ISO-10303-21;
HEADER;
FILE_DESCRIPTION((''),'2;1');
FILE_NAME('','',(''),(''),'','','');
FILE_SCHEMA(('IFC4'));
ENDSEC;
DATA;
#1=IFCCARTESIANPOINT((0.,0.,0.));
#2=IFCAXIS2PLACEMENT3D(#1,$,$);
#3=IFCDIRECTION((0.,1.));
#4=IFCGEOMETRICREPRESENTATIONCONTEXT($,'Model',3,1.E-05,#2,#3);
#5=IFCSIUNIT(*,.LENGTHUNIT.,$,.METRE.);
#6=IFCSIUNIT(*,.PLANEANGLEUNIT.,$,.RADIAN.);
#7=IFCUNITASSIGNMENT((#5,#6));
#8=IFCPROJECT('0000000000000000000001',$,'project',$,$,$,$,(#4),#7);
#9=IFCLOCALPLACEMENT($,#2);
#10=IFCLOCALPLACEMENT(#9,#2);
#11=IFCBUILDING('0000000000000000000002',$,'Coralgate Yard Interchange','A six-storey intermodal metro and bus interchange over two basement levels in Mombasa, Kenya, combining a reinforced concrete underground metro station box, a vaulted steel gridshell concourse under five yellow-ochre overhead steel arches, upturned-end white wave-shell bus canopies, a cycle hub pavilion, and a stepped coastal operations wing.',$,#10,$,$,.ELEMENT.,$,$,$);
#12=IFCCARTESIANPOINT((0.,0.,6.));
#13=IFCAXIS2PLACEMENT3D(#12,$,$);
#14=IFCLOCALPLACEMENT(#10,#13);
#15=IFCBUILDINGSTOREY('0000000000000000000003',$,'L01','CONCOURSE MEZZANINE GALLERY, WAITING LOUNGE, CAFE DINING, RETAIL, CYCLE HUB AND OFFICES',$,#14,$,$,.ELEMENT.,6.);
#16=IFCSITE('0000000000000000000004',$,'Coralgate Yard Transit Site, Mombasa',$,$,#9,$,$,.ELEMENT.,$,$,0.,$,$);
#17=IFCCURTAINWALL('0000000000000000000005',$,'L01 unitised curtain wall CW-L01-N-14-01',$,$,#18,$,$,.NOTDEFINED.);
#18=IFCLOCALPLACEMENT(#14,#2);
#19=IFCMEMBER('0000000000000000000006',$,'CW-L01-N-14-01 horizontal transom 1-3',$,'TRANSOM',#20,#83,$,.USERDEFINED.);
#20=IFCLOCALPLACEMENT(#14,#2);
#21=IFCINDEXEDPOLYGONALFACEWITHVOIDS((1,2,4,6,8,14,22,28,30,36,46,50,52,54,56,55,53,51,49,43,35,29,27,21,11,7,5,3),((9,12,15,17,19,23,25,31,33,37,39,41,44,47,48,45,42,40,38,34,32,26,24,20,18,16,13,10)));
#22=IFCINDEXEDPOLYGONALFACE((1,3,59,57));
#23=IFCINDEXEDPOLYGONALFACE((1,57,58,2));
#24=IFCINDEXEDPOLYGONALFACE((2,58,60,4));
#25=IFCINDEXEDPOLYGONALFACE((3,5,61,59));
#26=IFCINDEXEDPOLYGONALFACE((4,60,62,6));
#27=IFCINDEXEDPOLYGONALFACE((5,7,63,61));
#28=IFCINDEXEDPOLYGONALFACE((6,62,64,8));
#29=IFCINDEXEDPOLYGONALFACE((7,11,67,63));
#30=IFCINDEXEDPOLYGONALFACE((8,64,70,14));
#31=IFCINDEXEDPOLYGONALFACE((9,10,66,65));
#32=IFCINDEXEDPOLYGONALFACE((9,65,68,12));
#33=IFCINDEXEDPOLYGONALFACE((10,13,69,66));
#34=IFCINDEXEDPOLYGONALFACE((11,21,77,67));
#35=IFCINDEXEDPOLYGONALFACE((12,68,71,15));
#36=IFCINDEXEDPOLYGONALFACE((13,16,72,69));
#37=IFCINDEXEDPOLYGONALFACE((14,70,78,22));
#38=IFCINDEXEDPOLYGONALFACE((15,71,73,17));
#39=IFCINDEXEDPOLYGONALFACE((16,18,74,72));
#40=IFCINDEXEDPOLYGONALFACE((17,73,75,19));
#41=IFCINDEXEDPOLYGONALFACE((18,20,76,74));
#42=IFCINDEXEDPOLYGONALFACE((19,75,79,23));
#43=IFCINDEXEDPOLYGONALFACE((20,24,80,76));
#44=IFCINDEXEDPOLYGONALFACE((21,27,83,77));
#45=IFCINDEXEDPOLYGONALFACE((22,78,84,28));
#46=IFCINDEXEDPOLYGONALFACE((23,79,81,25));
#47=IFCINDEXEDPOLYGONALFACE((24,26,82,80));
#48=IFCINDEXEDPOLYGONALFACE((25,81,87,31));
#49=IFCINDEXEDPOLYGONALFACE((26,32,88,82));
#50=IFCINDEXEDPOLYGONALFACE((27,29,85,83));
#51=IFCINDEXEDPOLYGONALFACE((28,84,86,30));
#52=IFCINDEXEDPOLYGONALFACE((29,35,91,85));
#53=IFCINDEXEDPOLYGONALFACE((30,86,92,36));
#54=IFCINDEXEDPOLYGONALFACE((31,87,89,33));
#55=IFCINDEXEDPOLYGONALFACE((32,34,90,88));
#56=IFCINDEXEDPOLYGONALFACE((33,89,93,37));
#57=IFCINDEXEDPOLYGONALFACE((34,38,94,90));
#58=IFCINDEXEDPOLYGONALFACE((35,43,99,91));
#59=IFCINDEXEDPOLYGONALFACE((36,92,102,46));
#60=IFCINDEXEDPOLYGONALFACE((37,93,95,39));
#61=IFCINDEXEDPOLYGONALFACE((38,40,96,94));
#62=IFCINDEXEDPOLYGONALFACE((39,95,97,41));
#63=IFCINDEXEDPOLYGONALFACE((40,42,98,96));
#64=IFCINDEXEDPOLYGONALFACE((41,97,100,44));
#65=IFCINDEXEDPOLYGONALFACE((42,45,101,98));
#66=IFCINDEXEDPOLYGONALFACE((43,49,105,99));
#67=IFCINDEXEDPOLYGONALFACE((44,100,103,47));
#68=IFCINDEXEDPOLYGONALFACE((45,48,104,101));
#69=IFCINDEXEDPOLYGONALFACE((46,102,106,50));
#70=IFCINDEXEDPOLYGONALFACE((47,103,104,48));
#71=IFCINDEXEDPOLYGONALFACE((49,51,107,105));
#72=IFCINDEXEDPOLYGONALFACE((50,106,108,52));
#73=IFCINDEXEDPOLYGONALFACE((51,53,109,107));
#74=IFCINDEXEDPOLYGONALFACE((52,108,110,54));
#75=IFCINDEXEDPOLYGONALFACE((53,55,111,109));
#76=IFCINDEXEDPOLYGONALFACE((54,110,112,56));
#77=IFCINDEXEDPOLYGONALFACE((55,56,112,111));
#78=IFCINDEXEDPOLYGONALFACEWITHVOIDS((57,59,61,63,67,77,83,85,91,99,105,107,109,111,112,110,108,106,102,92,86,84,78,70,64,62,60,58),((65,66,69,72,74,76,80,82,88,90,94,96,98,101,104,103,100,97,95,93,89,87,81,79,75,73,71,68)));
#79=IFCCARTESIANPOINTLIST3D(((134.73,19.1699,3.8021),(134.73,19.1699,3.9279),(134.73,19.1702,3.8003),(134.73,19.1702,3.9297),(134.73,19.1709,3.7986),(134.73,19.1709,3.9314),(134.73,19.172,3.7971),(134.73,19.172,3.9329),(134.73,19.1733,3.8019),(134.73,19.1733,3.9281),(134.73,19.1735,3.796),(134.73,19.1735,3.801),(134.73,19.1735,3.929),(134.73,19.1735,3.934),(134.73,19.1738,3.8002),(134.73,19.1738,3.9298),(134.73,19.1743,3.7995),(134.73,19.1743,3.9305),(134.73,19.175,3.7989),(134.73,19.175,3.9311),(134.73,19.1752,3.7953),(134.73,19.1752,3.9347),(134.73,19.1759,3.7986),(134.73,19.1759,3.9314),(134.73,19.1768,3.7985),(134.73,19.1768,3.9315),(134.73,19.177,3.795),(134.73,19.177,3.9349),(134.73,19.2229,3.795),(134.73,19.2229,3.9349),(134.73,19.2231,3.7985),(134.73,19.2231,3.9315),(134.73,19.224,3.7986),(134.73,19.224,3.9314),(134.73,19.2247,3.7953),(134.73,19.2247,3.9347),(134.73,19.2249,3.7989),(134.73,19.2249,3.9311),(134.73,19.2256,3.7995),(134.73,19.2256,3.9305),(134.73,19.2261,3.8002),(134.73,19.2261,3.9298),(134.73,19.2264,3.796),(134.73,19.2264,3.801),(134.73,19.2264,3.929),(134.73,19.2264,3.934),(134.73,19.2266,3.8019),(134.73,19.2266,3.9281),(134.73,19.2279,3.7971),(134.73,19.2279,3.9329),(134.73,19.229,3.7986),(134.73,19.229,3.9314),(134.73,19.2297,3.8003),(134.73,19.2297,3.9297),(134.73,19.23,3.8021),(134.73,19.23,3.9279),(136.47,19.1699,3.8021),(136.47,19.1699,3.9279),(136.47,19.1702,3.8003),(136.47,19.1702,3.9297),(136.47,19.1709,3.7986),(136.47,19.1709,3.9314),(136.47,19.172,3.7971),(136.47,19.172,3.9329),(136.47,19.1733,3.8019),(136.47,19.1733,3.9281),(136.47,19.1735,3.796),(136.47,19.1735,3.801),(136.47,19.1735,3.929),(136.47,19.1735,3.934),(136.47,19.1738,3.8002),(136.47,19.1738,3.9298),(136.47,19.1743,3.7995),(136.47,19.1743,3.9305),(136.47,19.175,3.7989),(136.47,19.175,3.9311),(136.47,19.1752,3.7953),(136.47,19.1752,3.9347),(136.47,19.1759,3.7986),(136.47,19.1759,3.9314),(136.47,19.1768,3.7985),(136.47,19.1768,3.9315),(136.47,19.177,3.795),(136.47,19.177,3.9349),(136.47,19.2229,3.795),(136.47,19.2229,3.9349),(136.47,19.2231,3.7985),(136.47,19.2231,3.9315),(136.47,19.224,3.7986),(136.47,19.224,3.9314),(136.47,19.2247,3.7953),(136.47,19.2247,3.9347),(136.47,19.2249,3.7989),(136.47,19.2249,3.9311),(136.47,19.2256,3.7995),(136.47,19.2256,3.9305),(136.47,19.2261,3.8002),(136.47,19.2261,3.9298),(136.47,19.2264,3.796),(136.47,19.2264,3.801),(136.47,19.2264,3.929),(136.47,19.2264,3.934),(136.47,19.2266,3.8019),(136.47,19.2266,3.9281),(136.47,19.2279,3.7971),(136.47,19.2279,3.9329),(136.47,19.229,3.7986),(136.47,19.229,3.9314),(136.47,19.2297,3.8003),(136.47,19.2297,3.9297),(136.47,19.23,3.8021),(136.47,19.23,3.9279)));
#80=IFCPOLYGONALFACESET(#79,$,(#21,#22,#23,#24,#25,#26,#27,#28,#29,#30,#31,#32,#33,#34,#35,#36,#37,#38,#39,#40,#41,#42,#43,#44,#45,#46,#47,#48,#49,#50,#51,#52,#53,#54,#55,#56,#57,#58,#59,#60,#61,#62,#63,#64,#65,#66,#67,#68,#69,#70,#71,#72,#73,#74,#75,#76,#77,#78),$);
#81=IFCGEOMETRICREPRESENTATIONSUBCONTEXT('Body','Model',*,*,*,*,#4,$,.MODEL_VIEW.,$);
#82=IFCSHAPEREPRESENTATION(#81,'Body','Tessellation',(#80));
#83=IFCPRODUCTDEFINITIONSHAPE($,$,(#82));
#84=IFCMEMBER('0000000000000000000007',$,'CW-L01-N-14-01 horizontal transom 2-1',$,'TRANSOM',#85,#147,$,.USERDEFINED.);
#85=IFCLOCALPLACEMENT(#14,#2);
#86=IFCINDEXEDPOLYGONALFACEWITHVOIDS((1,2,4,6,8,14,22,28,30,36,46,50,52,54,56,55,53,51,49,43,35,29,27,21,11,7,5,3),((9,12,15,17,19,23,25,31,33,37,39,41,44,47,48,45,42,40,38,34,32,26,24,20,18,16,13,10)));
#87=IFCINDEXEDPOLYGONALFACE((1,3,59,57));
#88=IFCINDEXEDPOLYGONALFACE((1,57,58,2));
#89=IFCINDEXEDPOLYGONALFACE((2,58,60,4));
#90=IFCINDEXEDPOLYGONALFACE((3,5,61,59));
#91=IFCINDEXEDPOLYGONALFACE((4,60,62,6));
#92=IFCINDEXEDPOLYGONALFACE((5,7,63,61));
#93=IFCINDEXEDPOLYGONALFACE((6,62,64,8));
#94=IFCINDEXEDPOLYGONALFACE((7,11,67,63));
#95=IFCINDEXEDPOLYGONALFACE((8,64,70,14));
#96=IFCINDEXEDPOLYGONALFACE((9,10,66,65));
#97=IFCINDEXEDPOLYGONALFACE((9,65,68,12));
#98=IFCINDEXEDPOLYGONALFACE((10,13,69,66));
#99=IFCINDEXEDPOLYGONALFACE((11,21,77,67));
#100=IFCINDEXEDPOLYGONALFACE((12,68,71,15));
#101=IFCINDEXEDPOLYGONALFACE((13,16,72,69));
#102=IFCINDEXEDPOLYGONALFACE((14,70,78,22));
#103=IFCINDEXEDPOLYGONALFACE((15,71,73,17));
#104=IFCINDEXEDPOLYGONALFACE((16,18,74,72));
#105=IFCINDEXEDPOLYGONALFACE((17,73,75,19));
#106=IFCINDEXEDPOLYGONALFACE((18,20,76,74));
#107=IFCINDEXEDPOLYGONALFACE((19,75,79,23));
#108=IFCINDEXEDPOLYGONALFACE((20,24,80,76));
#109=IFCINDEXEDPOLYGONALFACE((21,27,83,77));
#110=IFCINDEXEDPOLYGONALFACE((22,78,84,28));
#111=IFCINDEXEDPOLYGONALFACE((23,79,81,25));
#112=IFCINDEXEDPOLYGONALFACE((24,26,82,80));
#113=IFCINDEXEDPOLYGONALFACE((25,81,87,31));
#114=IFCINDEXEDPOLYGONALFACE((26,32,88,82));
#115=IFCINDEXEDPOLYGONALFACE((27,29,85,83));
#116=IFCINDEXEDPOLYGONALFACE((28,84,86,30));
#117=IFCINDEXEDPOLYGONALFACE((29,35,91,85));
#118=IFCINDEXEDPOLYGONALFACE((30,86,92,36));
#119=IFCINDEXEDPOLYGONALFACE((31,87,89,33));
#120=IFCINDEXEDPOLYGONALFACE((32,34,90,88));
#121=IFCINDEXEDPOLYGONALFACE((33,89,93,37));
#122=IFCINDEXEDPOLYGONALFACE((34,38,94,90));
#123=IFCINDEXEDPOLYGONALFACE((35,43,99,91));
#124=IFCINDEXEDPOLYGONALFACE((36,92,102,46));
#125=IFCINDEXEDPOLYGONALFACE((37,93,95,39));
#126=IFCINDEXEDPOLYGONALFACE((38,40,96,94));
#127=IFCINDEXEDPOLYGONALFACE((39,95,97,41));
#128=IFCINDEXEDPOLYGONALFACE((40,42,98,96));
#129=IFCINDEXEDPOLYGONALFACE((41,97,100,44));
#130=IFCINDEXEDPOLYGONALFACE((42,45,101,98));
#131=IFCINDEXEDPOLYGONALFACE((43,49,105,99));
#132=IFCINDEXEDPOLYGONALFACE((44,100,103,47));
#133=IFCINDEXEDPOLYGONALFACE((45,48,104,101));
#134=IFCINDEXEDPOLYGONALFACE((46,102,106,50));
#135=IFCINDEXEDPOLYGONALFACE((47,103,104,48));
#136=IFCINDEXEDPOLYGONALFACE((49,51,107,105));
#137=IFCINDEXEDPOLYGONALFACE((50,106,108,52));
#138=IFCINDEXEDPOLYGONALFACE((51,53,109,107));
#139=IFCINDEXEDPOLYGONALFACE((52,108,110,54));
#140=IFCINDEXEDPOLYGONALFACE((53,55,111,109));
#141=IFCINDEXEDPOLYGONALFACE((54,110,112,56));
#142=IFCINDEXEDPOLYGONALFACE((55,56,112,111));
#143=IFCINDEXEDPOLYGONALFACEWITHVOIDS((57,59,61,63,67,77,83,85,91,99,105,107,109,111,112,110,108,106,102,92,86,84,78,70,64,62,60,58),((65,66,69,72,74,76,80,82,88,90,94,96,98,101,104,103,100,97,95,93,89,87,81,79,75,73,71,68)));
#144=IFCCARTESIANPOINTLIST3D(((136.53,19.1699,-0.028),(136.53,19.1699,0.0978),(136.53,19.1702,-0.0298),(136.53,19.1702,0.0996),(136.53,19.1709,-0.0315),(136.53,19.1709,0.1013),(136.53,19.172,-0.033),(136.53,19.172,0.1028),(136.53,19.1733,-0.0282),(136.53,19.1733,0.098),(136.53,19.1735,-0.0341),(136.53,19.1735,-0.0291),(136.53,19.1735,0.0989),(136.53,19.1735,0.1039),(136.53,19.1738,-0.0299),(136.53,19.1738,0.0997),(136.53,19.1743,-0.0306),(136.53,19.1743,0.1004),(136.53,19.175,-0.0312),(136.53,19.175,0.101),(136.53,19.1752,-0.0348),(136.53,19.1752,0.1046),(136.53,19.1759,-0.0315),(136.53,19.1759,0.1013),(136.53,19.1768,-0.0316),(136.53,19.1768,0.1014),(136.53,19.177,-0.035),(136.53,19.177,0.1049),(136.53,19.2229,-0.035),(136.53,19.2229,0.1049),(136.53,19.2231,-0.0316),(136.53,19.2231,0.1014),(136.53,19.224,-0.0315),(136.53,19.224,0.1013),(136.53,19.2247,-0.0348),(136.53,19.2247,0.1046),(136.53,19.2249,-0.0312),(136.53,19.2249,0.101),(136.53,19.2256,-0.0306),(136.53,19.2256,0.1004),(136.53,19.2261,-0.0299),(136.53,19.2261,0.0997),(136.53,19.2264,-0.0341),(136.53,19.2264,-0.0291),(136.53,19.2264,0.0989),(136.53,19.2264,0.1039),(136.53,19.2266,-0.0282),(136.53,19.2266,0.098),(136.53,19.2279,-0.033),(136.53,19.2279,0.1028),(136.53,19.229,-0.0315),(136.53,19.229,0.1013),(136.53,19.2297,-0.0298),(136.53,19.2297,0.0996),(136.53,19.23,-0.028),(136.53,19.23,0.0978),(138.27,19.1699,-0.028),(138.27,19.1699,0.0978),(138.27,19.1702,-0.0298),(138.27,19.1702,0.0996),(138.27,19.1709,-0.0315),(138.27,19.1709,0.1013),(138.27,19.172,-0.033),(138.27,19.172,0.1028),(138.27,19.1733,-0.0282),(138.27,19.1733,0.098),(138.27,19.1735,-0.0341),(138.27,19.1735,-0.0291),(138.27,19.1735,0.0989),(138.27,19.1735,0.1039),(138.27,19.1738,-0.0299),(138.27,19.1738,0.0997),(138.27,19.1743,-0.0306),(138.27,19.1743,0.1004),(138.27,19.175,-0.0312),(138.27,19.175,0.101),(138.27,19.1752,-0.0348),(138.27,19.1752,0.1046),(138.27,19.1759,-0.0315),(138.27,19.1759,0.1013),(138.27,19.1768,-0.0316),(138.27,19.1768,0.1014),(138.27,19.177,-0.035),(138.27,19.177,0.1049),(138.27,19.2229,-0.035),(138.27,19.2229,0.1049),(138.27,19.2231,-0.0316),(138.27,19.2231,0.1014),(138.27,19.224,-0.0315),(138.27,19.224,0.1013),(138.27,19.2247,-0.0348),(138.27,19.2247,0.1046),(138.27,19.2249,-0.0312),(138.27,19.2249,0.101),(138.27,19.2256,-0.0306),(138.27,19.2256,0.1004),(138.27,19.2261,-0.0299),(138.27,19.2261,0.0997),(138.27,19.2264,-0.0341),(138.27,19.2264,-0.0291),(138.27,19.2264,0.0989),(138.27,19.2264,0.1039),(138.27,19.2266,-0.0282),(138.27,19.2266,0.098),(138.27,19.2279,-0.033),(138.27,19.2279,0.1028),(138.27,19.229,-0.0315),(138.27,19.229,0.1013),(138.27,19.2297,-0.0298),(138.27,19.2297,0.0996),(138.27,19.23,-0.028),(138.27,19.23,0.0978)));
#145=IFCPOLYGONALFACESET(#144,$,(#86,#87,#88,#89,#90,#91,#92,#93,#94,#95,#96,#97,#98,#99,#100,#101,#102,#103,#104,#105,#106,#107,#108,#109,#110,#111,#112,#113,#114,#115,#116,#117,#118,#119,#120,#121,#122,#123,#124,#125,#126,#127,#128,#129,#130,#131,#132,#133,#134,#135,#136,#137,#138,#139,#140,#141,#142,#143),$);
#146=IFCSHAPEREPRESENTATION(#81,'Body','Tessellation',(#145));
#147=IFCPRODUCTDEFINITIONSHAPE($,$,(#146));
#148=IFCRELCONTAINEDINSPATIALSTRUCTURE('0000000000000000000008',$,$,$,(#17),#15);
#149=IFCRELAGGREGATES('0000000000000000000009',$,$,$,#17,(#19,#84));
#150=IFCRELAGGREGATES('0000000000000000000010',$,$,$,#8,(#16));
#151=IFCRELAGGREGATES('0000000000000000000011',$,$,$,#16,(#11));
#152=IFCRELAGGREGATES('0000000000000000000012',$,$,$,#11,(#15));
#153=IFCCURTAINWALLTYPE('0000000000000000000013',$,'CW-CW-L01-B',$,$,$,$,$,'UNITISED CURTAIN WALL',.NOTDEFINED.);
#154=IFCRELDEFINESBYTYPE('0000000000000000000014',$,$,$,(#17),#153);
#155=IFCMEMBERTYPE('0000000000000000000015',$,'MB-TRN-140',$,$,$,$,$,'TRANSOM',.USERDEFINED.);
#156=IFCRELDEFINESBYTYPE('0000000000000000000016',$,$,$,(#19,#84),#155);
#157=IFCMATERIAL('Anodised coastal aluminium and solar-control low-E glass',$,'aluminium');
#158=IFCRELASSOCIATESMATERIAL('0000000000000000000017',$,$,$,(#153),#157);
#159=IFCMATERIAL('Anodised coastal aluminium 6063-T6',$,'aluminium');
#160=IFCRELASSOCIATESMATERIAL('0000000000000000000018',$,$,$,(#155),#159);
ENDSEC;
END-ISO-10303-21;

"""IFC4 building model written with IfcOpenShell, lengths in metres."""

from ifc_helpers import new_model, si_unit, direction, frame, origin, origin_2d, place, context, subcontext, project, spatial, hollow_rectangle, extrude, material, material_profile, profile_set, type_object, element, aggregate, save


model = new_model("IFC4")

# Units and contexts
model_context = context("Model", 3, precision=1e-05, world=origin(), true_north=direction((0.0, 1.0)))
body_context = subcontext(model_context, "Body", "Model", "MODEL_VIEW")
ifc_project = project(units=[si_unit("LENGTHUNIT", "METRE"), si_unit("PLANEANGLEUNIT", "RADIAN")], contexts=[model_context])

# Site, building, storey
site_placement = place(None, origin())
site = spatial("IfcSite", under=ifc_project, at=site_placement, Name="Coralgate Yard Transit Site, Mombasa", CompositionType="ELEMENT", RefElevation=0.0)
building_placement = place(site_placement, origin())
building = spatial("IfcBuilding", under=site, at=building_placement, Name="Coralgate Yard Interchange", Description="A six-storey intermodal metro and bus interchange over two basement levels in Mombasa, Kenya, combining a reinforced concrete underground metro station box, a vaulted steel gridshell concourse under five yellow-ochre overhead steel arches, upturned-end white wave-shell bus canopies, a cycle hub pavilion, and a stepped coastal operations wing.", CompositionType="ELEMENT")
storey_placement = place(building_placement, frame((0.0, 0.0, 6.0)))
storey = spatial("IfcBuildingStorey", under=building, at=storey_placement, Name="L01", Description="CONCOURSE MEZZANINE GALLERY, WAITING LOUNGE, CAFE DINING, RETAIL, CYCLE HUB AND OFFICES", CompositionType="ELEMENT", Elevation=6.0)

# Curtain wall
ifc_material_1 = material(Name="Anodised coastal aluminium and solar-control low-E glass", Category="aluminium")
ifc_material_2 = material(Name="Anodised coastal aluminium 6063-T6", Category="aluminium")
curtain_wall_type_1 = type_object("IfcCurtainWallType", Name="CW-CW-L01-B", ElementType="UNITISED CURTAIN WALL", PredefinedType="NOTDEFINED", material=ifc_material_1)
curtain_wall_1_placement = place(storey_placement, origin())
curtain_wall_1 = element("IfcCurtainWall", 1, at=curtain_wall_1_placement, inside=storey, type_object=curtain_wall_type_1, Name="L01 unitised curtain wall CW-L01-N-14-01", PredefinedType="NOTDEFINED")

# Members
ifc_material_profile_1 = material_profile(ifc_material_2, hollow_rectangle(XDim=0.0601, YDim=0.1399, WallThickness=0.0034, InnerFilletRadius=0.0034, OuterFilletRadius=0.0071, at=origin_2d()), Name="ALU 60x140x3.5")
ifc_profile_set_1 = profile_set([ifc_material_profile_1], Name="Anodised coastal aluminium 6063-T6")
member_type_1 = type_object("IfcMemberType", Name="MB-TRN-140", ElementType="TRANSOM", PredefinedType="USERDEFINED", material=ifc_profile_set_1)
member_1_placement = place(storey_placement, frame((134.73, 19.2, 3.865), z_axis=(1.0, 0.0, 0.0), x_axis=(0.0, 1.0, 0.0)))
member_1 = element("IfcMember", 2, at=member_1_placement, type_object=member_type_1, Name="CW-L01-N-14-01 horizontal transom 1-3", ObjectType="TRANSOM", PredefinedType="USERDEFINED", context=body_context, shape_type="SweptSolid", body=[
    extrude(hollow_rectangle(XDim=0.0601, YDim=0.1399, WallThickness=0.0034, InnerFilletRadius=0.0034, OuterFilletRadius=0.0071, at=origin_2d()), origin(), (0.0, 0.0, 1.0), 1.74),
])
member_2_placement = place(storey_placement, frame((136.53, 19.2, 0.0349), z_axis=(1.0, 0.0, 0.0), x_axis=(0.0, 1.0, 0.0)))
member_2 = element("IfcMember", 3, at=member_2_placement, type_object=member_type_1, Name="CW-L01-N-14-01 horizontal transom 2-1", ObjectType="TRANSOM", PredefinedType="USERDEFINED", context=body_context, shape_type="SweptSolid", body=[
    extrude(hollow_rectangle(XDim=0.0601, YDim=0.1399, WallThickness=0.0034, InnerFilletRadius=0.0034, OuterFilletRadius=0.0071, at=origin_2d()), origin(), (0.0, 0.0, 1.0), 1.74),
])

aggregate(curtain_wall_1, [member_1, member_2])

save(model, "model.ifc")
